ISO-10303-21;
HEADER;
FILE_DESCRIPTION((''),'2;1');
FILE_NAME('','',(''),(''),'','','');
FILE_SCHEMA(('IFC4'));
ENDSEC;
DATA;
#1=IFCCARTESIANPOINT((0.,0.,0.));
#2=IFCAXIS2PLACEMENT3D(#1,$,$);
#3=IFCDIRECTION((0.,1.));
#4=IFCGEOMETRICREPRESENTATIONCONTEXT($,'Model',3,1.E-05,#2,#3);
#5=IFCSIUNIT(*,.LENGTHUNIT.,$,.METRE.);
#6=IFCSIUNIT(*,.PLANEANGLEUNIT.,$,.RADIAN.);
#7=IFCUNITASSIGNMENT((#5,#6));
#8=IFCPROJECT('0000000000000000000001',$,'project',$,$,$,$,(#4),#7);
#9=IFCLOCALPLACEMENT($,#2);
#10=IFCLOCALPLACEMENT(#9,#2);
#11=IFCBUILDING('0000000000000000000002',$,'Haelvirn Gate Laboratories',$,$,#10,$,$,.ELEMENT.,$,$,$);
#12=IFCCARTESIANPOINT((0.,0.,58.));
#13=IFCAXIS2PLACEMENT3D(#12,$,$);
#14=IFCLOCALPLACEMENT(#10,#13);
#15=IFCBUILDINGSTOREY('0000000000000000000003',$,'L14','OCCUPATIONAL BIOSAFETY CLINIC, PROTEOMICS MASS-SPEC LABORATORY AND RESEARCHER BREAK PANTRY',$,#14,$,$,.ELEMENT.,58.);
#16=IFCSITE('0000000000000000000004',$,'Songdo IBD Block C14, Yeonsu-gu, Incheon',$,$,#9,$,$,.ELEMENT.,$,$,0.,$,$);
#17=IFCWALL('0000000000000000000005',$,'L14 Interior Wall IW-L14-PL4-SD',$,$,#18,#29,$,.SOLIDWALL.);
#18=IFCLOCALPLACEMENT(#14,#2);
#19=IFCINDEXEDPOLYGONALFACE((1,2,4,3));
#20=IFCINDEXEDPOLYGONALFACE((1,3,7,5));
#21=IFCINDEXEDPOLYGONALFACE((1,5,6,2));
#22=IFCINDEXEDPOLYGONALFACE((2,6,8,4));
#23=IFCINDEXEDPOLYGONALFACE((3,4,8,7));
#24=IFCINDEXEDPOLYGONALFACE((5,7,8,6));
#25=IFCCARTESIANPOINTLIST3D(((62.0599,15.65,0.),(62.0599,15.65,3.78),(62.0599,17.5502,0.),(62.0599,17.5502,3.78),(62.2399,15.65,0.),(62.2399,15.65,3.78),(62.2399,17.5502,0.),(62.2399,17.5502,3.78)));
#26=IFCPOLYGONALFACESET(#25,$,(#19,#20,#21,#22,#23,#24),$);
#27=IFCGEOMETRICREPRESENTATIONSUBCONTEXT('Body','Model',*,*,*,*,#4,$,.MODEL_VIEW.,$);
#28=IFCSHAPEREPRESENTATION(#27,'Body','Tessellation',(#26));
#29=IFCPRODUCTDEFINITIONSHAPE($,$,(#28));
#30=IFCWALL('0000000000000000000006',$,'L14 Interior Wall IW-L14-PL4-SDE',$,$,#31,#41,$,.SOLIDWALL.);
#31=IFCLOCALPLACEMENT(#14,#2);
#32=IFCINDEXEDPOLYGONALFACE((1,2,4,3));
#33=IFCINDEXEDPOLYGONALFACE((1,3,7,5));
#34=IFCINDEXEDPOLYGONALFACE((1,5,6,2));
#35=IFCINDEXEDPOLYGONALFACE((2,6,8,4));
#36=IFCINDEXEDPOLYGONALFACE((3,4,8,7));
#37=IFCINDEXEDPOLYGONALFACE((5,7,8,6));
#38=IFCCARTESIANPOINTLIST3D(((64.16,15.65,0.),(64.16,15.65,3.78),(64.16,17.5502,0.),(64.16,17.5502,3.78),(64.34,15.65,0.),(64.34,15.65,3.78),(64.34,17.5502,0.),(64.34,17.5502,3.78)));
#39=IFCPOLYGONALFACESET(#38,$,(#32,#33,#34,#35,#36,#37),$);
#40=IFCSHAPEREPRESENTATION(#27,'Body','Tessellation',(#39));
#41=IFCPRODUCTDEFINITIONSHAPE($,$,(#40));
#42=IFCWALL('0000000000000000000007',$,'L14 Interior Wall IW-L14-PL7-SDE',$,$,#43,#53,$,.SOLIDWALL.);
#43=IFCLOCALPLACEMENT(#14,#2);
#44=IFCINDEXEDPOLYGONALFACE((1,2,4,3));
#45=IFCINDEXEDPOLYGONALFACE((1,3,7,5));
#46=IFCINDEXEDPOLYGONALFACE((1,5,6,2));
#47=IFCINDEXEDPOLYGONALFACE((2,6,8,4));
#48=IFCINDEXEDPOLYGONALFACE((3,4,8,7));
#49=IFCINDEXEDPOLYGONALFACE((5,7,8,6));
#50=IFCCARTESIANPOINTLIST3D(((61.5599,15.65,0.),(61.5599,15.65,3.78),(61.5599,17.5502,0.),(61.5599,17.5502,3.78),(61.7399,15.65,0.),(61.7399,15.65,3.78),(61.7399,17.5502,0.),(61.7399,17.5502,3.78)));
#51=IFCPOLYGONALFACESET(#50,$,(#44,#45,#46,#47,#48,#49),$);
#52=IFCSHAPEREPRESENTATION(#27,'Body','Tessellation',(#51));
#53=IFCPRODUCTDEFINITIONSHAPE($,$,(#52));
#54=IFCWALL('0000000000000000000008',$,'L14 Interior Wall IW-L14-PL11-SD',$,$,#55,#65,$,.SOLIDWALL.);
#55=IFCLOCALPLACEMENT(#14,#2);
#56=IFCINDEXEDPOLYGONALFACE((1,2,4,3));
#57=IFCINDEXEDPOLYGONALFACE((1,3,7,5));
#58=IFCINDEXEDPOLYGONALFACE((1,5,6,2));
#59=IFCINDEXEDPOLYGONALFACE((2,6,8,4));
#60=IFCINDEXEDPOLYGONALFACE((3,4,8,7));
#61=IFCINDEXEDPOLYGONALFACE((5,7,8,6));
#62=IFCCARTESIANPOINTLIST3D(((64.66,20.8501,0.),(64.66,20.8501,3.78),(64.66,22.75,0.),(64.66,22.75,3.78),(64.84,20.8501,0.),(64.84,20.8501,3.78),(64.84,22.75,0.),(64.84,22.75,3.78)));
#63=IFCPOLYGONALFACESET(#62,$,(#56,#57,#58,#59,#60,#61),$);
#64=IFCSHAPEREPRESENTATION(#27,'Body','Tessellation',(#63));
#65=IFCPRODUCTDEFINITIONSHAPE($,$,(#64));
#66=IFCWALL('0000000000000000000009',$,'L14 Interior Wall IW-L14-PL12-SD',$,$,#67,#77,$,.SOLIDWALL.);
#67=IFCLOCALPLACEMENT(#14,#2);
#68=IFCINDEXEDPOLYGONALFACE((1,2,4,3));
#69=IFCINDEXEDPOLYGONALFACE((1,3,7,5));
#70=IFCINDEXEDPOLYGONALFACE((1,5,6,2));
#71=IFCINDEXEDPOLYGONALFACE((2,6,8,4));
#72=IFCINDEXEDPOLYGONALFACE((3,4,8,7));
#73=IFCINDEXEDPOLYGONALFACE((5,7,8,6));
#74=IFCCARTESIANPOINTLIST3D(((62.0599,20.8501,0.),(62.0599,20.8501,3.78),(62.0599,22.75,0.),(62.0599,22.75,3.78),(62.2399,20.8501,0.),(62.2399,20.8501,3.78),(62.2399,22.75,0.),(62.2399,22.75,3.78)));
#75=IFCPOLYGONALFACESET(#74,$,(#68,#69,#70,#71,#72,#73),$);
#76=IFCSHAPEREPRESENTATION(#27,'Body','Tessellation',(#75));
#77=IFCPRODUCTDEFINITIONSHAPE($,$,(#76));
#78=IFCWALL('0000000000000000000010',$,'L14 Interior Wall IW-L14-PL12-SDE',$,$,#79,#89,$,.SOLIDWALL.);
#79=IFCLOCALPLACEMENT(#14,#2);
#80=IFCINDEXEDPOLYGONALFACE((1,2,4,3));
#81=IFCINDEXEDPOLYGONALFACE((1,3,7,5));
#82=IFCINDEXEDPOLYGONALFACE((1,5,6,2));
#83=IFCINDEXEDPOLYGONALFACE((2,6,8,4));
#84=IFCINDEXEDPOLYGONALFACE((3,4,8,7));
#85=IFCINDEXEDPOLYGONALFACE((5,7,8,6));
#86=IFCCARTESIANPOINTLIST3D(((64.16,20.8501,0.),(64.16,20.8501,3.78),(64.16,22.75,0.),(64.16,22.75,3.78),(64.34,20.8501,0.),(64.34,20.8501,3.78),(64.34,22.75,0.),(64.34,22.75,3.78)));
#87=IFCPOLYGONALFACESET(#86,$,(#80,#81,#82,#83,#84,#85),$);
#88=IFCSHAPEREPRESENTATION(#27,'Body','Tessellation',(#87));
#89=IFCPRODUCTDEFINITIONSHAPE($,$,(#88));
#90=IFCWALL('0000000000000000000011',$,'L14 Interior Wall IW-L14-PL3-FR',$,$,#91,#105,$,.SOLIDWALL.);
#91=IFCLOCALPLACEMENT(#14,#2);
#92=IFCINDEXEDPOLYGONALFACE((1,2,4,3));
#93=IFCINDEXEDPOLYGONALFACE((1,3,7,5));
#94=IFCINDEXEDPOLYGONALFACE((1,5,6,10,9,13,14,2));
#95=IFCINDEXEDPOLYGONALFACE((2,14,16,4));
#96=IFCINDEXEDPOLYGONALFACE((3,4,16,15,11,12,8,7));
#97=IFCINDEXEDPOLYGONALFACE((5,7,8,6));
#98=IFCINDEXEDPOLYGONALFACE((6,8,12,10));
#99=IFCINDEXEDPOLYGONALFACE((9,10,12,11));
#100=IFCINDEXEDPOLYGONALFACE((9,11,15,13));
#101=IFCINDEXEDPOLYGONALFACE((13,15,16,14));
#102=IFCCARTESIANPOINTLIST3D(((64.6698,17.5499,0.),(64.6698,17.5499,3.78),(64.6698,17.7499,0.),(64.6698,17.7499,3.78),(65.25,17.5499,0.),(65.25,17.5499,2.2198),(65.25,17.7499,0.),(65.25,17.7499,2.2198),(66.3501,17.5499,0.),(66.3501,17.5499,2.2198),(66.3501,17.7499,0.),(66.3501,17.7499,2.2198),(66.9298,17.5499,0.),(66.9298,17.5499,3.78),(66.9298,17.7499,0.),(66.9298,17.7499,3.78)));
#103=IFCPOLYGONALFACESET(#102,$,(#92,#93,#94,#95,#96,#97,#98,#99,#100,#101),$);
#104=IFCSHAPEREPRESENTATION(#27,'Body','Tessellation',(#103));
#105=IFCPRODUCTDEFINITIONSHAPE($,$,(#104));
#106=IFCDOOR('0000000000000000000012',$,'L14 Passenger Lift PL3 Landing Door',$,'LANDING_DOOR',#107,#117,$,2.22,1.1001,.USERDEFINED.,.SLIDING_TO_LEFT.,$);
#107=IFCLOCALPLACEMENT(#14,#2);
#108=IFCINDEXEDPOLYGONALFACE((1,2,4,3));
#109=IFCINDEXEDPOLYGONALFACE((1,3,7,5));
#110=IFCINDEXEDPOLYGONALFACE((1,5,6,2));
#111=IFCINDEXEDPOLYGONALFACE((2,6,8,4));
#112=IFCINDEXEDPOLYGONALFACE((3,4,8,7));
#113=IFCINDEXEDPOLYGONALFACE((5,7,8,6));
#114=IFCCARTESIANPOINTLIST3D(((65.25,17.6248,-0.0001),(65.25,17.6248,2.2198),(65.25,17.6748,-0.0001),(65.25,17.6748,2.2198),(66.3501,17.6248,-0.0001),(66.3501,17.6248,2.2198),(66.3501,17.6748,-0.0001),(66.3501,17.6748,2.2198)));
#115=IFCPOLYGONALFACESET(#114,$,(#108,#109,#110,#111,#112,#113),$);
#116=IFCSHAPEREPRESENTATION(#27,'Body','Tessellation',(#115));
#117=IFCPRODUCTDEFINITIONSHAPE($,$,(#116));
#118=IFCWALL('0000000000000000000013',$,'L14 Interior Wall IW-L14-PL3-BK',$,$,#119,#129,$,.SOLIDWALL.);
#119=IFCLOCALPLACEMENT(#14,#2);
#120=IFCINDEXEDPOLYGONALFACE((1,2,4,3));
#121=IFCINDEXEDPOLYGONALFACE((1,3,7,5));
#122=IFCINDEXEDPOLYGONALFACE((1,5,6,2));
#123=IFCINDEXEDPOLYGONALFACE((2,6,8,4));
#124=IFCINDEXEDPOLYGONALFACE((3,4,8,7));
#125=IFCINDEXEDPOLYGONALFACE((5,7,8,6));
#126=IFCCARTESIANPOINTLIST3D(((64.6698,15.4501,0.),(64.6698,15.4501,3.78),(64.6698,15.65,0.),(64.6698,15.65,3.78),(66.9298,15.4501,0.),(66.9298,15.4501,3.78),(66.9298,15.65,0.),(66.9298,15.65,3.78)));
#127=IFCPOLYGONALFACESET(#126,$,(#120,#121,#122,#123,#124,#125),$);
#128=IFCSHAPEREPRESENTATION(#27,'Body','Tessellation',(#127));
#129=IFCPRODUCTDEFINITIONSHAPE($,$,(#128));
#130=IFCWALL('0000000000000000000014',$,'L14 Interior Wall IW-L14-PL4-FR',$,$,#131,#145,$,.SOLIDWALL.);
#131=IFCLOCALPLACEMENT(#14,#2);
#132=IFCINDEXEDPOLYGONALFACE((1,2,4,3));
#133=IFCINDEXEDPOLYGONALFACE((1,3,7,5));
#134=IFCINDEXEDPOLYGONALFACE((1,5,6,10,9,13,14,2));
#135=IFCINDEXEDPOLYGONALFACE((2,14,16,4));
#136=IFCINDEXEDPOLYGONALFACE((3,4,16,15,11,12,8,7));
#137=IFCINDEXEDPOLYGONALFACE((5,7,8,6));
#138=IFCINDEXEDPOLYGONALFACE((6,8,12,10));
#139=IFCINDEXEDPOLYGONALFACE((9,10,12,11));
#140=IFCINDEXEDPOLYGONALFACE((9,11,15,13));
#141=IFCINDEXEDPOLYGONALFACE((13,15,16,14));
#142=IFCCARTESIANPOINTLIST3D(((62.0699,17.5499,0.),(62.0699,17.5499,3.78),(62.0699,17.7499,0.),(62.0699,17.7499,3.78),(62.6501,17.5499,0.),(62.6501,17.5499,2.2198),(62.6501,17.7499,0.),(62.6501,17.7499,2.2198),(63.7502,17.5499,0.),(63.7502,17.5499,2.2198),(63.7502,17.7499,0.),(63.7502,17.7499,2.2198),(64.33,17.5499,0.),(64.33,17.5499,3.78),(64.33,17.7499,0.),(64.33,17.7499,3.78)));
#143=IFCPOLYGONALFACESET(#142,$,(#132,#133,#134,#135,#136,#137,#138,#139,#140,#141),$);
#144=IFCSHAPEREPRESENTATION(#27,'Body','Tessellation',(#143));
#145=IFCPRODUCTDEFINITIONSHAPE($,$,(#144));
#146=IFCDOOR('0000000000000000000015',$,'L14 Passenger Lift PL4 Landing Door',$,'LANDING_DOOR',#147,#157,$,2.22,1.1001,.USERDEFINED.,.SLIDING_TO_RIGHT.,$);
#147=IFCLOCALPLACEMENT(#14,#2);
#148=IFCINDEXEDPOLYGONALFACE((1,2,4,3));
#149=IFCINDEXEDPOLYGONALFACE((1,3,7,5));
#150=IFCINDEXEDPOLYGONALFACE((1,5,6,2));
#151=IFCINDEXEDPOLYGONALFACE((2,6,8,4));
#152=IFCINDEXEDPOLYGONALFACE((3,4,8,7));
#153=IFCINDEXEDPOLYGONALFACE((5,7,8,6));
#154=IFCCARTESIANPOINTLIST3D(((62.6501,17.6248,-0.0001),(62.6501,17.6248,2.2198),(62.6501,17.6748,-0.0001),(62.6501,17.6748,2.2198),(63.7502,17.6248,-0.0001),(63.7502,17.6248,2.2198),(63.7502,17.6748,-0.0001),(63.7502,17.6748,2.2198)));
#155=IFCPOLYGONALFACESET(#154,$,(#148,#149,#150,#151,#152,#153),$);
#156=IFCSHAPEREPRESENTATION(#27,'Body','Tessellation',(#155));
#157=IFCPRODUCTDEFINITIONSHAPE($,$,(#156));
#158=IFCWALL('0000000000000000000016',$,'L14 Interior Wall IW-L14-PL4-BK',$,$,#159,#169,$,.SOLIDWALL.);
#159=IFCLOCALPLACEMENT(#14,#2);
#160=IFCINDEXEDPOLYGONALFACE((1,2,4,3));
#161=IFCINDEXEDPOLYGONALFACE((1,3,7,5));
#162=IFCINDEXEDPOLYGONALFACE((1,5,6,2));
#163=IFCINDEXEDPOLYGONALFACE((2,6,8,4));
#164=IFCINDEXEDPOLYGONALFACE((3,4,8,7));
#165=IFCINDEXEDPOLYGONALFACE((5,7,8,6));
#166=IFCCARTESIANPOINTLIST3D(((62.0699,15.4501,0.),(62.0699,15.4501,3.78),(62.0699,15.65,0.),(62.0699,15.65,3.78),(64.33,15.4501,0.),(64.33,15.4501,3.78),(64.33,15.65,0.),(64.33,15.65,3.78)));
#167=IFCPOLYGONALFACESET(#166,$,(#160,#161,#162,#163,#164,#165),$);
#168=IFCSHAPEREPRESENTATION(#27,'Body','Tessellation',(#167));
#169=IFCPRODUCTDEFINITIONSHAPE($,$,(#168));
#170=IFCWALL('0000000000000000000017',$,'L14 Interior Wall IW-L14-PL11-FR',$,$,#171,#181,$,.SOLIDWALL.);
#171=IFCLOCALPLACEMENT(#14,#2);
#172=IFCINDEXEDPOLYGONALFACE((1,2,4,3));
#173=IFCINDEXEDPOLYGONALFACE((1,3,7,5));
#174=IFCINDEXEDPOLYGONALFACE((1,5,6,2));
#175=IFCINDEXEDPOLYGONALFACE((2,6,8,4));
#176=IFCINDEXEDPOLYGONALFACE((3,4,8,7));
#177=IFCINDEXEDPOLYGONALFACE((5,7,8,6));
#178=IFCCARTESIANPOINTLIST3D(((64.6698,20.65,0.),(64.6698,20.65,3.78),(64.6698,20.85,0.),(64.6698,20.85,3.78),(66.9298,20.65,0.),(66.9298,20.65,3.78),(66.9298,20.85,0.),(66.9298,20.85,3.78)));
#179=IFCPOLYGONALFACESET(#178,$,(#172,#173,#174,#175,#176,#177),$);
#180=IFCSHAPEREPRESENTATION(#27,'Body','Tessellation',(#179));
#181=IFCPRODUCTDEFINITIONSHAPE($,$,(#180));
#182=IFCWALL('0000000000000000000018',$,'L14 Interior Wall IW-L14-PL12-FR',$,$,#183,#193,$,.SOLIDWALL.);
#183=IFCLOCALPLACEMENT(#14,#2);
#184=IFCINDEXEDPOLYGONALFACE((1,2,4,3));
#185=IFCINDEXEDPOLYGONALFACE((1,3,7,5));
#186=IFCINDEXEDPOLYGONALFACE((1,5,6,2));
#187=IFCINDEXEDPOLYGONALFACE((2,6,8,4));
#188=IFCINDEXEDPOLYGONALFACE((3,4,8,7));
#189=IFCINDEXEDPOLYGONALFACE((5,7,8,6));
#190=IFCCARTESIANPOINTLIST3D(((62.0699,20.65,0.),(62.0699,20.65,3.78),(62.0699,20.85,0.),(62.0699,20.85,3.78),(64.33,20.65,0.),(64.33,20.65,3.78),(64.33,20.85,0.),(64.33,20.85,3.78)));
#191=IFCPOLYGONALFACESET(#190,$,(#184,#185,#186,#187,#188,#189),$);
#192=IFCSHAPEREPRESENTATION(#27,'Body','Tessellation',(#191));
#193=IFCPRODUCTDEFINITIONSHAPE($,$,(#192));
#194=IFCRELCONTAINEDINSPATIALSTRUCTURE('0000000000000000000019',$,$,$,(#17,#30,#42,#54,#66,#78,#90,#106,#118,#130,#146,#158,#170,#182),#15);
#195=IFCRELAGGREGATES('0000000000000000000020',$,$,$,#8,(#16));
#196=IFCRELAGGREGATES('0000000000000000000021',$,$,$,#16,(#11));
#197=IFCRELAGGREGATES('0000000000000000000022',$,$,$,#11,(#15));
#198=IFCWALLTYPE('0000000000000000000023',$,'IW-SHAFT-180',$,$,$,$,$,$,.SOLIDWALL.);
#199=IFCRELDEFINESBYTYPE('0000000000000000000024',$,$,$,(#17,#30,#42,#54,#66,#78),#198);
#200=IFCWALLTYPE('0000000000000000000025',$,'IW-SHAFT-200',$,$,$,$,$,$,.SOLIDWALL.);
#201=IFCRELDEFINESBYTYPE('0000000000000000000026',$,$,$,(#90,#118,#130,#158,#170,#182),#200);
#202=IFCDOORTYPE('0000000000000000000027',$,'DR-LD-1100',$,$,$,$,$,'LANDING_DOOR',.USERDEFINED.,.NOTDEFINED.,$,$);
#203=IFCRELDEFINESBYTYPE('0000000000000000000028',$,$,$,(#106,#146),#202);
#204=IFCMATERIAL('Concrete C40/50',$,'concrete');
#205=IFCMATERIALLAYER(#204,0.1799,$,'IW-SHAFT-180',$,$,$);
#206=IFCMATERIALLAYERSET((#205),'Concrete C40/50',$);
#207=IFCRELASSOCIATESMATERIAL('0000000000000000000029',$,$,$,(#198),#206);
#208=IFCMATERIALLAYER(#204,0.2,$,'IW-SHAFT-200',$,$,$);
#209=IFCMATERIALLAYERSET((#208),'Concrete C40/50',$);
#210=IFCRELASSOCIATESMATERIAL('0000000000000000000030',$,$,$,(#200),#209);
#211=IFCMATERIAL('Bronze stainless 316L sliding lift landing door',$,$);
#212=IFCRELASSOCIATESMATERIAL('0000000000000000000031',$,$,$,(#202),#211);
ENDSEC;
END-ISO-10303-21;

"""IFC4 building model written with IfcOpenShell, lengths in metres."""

from ifc_helpers import new_model, si_unit, direction, frame, frame_2d, origin, place, context, subcontext, project, spatial, rectangle, extrude, source, transform, mapped, material, layer, layer_set, type_object, type_shapes, element, fill, save


model = new_model("IFC4")

# Units and contexts
model_context = context("Model", 3, precision=1e-05, world=origin(), true_north=direction((0.0, 1.0)))
body_context = subcontext(model_context, "Body", "Model", "MODEL_VIEW")
ifc_project = project(units=[si_unit("LENGTHUNIT", "METRE"), si_unit("PLANEANGLEUNIT", "RADIAN")], contexts=[model_context])

# Site, building, storey
site_placement = place(None, origin())
site = spatial("IfcSite", under=ifc_project, at=site_placement, Name="Songdo IBD Block C14, Yeonsu-gu, Incheon", CompositionType="ELEMENT", RefElevation=0.0)
building_placement = place(site_placement, origin())
building = spatial("IfcBuilding", under=site, at=building_placement, Name="Haelvirn Gate Laboratories", CompositionType="ELEMENT")
storey_placement = place(building_placement, frame((0.0, 0.0, 58.0)))
storey = spatial("IfcBuildingStorey", under=building, at=storey_placement, Name="L14", Description="OCCUPATIONAL BIOSAFETY CLINIC, PROTEOMICS MASS-SPEC LABORATORY AND RESEARCHER BREAK PANTRY", CompositionType="ELEMENT", Elevation=58.0)

# Walls
ifc_material_1 = material(Name="Concrete C40/50", Category="concrete")
ifc_layer_1 = layer(ifc_material_1, 0.1799, Name="IW-SHAFT-180")
ifc_layer_set_1 = layer_set([ifc_layer_1], Name="Concrete C40/50")
wall_type_1 = type_object("IfcWallType", Name="IW-SHAFT-180", PredefinedType="SOLIDWALL", material=ifc_layer_set_1)
for number, where, z_axis, x_axis, name in (
    (1, (62.1499, 15.6499, 0.0), (0.0, 0.0, 1.0), (0.0, 1.0, 0.0), "L14 Interior Wall IW-L14-PL4-SD"),
    (2, (64.25, 15.6499, 0.0), (0.0, 0.0, 1.0), (0.0, 1.0, 0.0), "L14 Interior Wall IW-L14-PL4-SDE"),
    (3, (61.6499, 15.6499, 0.0), (0.0, 0.0, 1.0), (0.0, 1.0, 0.0), "L14 Interior Wall IW-L14-PL7-SDE"),
):
    element("IfcWall", number, at=place(storey_placement, frame(where, z_axis=z_axis, x_axis=x_axis)), inside=storey, type_object=wall_type_1, Name=name, PredefinedType="SOLIDWALL", context=body_context, shape_type="SweptSolid", body=[
        extrude(rectangle(XDim=1.9001, YDim=0.1799, at=frame_2d((0.9502, 0.0))), origin(), (0.0, 0.0, 1.0), 3.78),
    ])
for number, where, z_axis, x_axis, name in (
    (4, (64.75, 20.8501, 0.0), (0.0, 0.0, 1.0), (0.0, 1.0, 0.0), "L14 Interior Wall IW-L14-PL11-SD"),
    (5, (62.1499, 20.8501, 0.0), (0.0, 0.0, 1.0), (0.0, 1.0, 0.0), "L14 Interior Wall IW-L14-PL12-SD"),
    (6, (64.25, 20.8501, 0.0), (0.0, 0.0, 1.0), (0.0, 1.0, 0.0), "L14 Interior Wall IW-L14-PL12-SDE"),
):
    element("IfcWall", number, at=place(storey_placement, frame(where, z_axis=z_axis, x_axis=x_axis)), inside=storey, type_object=wall_type_1, Name=name, PredefinedType="SOLIDWALL", context=body_context, shape_type="SweptSolid", body=[
        extrude(rectangle(XDim=1.8999, YDim=0.1799, at=frame_2d((0.95, 0.0))), origin(), (0.0, 0.0, 1.0), 3.78),
    ])

# Wall, opening, door
ifc_layer_2 = layer(ifc_material_1, 0.2, Name="IW-SHAFT-200")
ifc_layer_set_2 = layer_set([ifc_layer_2], Name="Concrete C40/50")
wall_type_2 = type_object("IfcWallType", Name="IW-SHAFT-200", PredefinedType="SOLIDWALL", material=ifc_layer_set_2)
wall_1_placement = place(storey_placement, frame((64.6699, 17.6499, 0.0), z_axis=(0.0, 0.0, 1.0), x_axis=(1.0, 0.0, 0.0)))
wall_1 = element("IfcWall", 7, at=wall_1_placement, inside=storey, type_object=wall_type_2, Name="L14 Interior Wall IW-L14-PL3-FR", PredefinedType="SOLIDWALL", context=body_context, shape_type="SweptSolid", body=[
    extrude(rectangle(XDim=2.26, YDim=0.2, at=frame_2d((1.1299, 0.0))), origin(), (0.0, 0.0, 1.0), 3.78),
])
opening_1_placement = place(wall_1_placement, frame((0.5801, 0.0, 0.0)))
opening_1 = element("IfcOpeningElement", 8, at=opening_1_placement, cuts=wall_1, PredefinedType="OPENING", context=body_context, shape_type="SweptSolid", body=[
    extrude(rectangle(XDim=1.1001, YDim=2.22, at=frame_2d((0.55, 1.1099))), frame((0.0, 0.1099, 0.0), z_axis=(0.0, -1.0, 0.0), x_axis=(1.0, 0.0, 0.0)), (0.0, 0.0, 1.0), 0.22),
])
ifc_material_2 = material(Name="Bronze stainless 316L sliding lift landing door")
door_type_1 = type_object("IfcDoorType", Name="DR-LD-1100", ElementType="LANDING_DOOR", OperationType="NOTDEFINED", PredefinedType="USERDEFINED", material=ifc_material_2)
shared_shape_1 = source(origin(), body_context, "Body", "SweptSolid", [
    extrude(rectangle(XDim=1.1001, YDim=2.22, at=frame_2d((0.55, 1.1099))), frame((0.0, 0.0249, 0.0), z_axis=(0.0, -1.0, 0.0), x_axis=(1.0, 0.0, 0.0)), (0.0, 0.0, 1.0), 0.05),
])
type_shapes(door_type_1, [shared_shape_1])
door_1_placement = place(opening_1_placement, origin())
door_1 = element("IfcDoor", 9, at=door_1_placement, inside=storey, type_object=door_type_1, Name="L14 Passenger Lift PL3 Landing Door", ObjectType="LANDING_DOOR", OperationType="SLIDING_TO_LEFT", OverallHeight=2.22, OverallWidth=1.1001, PredefinedType="USERDEFINED", context=body_context, shape_type="MappedRepresentation", body=[
    mapped(shared_shape_1, transform((0.0, 0.0, 0.0), scale=1.0)),
])
fill(opening_1, door_1)

# Wall
wall_2_placement = place(storey_placement, frame((64.6699, 15.55, 0.0), z_axis=(0.0, 0.0, 1.0), x_axis=(1.0, 0.0, 0.0)))
element("IfcWall", 10, at=wall_2_placement, inside=storey, type_object=wall_type_2, Name="L14 Interior Wall IW-L14-PL3-BK", PredefinedType="SOLIDWALL", context=body_context, shape_type="SweptSolid", body=[
    extrude(rectangle(XDim=2.26, YDim=0.2, at=frame_2d((1.1299, 0.0))), origin(), (0.0, 0.0, 1.0), 3.78),
])

# Wall, opening, door
wall_3_placement = place(storey_placement, frame((62.0701, 17.6499, 0.0), z_axis=(0.0, 0.0, 1.0), x_axis=(1.0, 0.0, 0.0)))
wall_3 = element("IfcWall", 11, at=wall_3_placement, inside=storey, type_object=wall_type_2, Name="L14 Interior Wall IW-L14-PL4-FR", PredefinedType="SOLIDWALL", context=body_context, shape_type="SweptSolid", body=[
    extrude(rectangle(XDim=2.26, YDim=0.2, at=frame_2d((1.1299, 0.0))), origin(), (0.0, 0.0, 1.0), 3.78),
])
opening_2_placement = place(wall_3_placement, frame((0.5801, 0.0, 0.0)))
opening_2 = element("IfcOpeningElement", 12, at=opening_2_placement, cuts=wall_3, PredefinedType="OPENING", context=body_context, shape_type="SweptSolid", body=[
    extrude(rectangle(XDim=1.1001, YDim=2.22, at=frame_2d((0.55, 1.1099))), frame((0.0, 0.1099, 0.0), z_axis=(0.0, -1.0, 0.0), x_axis=(1.0, 0.0, 0.0)), (0.0, 0.0, 1.0), 0.22),
])
door_2_placement = place(opening_2_placement, origin())
door_2 = element("IfcDoor", 13, at=door_2_placement, inside=storey, type_object=door_type_1, Name="L14 Passenger Lift PL4 Landing Door", ObjectType="LANDING_DOOR", OperationType="SLIDING_TO_RIGHT", OverallHeight=2.22, OverallWidth=1.1001, PredefinedType="USERDEFINED", context=body_context, shape_type="MappedRepresentation", body=[
    mapped(shared_shape_1, transform((0.0, 0.0, 0.0), scale=1.0)),
])
fill(opening_2, door_2)

# Walls
for number, where, z_axis, x_axis, name in (
    (14, (62.0701, 15.55, 0.0), (0.0, 0.0, 1.0), (1.0, 0.0, 0.0), "L14 Interior Wall IW-L14-PL4-BK"),
    (15, (64.6699, 20.75, 0.0), (0.0, 0.0, 1.0), (1.0, 0.0, 0.0), "L14 Interior Wall IW-L14-PL11-FR"),
    (16, (62.0701, 20.75, 0.0), (0.0, 0.0, 1.0), (1.0, 0.0, 0.0), "L14 Interior Wall IW-L14-PL12-FR"),
):
    element("IfcWall", number, at=place(storey_placement, frame(where, z_axis=z_axis, x_axis=x_axis)), inside=storey, type_object=wall_type_2, Name=name, PredefinedType="SOLIDWALL", context=body_context, shape_type="SweptSolid", body=[
        extrude(rectangle(XDim=2.26, YDim=0.2, at=frame_2d((1.1299, 0.0))), origin(), (0.0, 0.0, 1.0), 3.78),
    ])

save(model, "model.ifc")
